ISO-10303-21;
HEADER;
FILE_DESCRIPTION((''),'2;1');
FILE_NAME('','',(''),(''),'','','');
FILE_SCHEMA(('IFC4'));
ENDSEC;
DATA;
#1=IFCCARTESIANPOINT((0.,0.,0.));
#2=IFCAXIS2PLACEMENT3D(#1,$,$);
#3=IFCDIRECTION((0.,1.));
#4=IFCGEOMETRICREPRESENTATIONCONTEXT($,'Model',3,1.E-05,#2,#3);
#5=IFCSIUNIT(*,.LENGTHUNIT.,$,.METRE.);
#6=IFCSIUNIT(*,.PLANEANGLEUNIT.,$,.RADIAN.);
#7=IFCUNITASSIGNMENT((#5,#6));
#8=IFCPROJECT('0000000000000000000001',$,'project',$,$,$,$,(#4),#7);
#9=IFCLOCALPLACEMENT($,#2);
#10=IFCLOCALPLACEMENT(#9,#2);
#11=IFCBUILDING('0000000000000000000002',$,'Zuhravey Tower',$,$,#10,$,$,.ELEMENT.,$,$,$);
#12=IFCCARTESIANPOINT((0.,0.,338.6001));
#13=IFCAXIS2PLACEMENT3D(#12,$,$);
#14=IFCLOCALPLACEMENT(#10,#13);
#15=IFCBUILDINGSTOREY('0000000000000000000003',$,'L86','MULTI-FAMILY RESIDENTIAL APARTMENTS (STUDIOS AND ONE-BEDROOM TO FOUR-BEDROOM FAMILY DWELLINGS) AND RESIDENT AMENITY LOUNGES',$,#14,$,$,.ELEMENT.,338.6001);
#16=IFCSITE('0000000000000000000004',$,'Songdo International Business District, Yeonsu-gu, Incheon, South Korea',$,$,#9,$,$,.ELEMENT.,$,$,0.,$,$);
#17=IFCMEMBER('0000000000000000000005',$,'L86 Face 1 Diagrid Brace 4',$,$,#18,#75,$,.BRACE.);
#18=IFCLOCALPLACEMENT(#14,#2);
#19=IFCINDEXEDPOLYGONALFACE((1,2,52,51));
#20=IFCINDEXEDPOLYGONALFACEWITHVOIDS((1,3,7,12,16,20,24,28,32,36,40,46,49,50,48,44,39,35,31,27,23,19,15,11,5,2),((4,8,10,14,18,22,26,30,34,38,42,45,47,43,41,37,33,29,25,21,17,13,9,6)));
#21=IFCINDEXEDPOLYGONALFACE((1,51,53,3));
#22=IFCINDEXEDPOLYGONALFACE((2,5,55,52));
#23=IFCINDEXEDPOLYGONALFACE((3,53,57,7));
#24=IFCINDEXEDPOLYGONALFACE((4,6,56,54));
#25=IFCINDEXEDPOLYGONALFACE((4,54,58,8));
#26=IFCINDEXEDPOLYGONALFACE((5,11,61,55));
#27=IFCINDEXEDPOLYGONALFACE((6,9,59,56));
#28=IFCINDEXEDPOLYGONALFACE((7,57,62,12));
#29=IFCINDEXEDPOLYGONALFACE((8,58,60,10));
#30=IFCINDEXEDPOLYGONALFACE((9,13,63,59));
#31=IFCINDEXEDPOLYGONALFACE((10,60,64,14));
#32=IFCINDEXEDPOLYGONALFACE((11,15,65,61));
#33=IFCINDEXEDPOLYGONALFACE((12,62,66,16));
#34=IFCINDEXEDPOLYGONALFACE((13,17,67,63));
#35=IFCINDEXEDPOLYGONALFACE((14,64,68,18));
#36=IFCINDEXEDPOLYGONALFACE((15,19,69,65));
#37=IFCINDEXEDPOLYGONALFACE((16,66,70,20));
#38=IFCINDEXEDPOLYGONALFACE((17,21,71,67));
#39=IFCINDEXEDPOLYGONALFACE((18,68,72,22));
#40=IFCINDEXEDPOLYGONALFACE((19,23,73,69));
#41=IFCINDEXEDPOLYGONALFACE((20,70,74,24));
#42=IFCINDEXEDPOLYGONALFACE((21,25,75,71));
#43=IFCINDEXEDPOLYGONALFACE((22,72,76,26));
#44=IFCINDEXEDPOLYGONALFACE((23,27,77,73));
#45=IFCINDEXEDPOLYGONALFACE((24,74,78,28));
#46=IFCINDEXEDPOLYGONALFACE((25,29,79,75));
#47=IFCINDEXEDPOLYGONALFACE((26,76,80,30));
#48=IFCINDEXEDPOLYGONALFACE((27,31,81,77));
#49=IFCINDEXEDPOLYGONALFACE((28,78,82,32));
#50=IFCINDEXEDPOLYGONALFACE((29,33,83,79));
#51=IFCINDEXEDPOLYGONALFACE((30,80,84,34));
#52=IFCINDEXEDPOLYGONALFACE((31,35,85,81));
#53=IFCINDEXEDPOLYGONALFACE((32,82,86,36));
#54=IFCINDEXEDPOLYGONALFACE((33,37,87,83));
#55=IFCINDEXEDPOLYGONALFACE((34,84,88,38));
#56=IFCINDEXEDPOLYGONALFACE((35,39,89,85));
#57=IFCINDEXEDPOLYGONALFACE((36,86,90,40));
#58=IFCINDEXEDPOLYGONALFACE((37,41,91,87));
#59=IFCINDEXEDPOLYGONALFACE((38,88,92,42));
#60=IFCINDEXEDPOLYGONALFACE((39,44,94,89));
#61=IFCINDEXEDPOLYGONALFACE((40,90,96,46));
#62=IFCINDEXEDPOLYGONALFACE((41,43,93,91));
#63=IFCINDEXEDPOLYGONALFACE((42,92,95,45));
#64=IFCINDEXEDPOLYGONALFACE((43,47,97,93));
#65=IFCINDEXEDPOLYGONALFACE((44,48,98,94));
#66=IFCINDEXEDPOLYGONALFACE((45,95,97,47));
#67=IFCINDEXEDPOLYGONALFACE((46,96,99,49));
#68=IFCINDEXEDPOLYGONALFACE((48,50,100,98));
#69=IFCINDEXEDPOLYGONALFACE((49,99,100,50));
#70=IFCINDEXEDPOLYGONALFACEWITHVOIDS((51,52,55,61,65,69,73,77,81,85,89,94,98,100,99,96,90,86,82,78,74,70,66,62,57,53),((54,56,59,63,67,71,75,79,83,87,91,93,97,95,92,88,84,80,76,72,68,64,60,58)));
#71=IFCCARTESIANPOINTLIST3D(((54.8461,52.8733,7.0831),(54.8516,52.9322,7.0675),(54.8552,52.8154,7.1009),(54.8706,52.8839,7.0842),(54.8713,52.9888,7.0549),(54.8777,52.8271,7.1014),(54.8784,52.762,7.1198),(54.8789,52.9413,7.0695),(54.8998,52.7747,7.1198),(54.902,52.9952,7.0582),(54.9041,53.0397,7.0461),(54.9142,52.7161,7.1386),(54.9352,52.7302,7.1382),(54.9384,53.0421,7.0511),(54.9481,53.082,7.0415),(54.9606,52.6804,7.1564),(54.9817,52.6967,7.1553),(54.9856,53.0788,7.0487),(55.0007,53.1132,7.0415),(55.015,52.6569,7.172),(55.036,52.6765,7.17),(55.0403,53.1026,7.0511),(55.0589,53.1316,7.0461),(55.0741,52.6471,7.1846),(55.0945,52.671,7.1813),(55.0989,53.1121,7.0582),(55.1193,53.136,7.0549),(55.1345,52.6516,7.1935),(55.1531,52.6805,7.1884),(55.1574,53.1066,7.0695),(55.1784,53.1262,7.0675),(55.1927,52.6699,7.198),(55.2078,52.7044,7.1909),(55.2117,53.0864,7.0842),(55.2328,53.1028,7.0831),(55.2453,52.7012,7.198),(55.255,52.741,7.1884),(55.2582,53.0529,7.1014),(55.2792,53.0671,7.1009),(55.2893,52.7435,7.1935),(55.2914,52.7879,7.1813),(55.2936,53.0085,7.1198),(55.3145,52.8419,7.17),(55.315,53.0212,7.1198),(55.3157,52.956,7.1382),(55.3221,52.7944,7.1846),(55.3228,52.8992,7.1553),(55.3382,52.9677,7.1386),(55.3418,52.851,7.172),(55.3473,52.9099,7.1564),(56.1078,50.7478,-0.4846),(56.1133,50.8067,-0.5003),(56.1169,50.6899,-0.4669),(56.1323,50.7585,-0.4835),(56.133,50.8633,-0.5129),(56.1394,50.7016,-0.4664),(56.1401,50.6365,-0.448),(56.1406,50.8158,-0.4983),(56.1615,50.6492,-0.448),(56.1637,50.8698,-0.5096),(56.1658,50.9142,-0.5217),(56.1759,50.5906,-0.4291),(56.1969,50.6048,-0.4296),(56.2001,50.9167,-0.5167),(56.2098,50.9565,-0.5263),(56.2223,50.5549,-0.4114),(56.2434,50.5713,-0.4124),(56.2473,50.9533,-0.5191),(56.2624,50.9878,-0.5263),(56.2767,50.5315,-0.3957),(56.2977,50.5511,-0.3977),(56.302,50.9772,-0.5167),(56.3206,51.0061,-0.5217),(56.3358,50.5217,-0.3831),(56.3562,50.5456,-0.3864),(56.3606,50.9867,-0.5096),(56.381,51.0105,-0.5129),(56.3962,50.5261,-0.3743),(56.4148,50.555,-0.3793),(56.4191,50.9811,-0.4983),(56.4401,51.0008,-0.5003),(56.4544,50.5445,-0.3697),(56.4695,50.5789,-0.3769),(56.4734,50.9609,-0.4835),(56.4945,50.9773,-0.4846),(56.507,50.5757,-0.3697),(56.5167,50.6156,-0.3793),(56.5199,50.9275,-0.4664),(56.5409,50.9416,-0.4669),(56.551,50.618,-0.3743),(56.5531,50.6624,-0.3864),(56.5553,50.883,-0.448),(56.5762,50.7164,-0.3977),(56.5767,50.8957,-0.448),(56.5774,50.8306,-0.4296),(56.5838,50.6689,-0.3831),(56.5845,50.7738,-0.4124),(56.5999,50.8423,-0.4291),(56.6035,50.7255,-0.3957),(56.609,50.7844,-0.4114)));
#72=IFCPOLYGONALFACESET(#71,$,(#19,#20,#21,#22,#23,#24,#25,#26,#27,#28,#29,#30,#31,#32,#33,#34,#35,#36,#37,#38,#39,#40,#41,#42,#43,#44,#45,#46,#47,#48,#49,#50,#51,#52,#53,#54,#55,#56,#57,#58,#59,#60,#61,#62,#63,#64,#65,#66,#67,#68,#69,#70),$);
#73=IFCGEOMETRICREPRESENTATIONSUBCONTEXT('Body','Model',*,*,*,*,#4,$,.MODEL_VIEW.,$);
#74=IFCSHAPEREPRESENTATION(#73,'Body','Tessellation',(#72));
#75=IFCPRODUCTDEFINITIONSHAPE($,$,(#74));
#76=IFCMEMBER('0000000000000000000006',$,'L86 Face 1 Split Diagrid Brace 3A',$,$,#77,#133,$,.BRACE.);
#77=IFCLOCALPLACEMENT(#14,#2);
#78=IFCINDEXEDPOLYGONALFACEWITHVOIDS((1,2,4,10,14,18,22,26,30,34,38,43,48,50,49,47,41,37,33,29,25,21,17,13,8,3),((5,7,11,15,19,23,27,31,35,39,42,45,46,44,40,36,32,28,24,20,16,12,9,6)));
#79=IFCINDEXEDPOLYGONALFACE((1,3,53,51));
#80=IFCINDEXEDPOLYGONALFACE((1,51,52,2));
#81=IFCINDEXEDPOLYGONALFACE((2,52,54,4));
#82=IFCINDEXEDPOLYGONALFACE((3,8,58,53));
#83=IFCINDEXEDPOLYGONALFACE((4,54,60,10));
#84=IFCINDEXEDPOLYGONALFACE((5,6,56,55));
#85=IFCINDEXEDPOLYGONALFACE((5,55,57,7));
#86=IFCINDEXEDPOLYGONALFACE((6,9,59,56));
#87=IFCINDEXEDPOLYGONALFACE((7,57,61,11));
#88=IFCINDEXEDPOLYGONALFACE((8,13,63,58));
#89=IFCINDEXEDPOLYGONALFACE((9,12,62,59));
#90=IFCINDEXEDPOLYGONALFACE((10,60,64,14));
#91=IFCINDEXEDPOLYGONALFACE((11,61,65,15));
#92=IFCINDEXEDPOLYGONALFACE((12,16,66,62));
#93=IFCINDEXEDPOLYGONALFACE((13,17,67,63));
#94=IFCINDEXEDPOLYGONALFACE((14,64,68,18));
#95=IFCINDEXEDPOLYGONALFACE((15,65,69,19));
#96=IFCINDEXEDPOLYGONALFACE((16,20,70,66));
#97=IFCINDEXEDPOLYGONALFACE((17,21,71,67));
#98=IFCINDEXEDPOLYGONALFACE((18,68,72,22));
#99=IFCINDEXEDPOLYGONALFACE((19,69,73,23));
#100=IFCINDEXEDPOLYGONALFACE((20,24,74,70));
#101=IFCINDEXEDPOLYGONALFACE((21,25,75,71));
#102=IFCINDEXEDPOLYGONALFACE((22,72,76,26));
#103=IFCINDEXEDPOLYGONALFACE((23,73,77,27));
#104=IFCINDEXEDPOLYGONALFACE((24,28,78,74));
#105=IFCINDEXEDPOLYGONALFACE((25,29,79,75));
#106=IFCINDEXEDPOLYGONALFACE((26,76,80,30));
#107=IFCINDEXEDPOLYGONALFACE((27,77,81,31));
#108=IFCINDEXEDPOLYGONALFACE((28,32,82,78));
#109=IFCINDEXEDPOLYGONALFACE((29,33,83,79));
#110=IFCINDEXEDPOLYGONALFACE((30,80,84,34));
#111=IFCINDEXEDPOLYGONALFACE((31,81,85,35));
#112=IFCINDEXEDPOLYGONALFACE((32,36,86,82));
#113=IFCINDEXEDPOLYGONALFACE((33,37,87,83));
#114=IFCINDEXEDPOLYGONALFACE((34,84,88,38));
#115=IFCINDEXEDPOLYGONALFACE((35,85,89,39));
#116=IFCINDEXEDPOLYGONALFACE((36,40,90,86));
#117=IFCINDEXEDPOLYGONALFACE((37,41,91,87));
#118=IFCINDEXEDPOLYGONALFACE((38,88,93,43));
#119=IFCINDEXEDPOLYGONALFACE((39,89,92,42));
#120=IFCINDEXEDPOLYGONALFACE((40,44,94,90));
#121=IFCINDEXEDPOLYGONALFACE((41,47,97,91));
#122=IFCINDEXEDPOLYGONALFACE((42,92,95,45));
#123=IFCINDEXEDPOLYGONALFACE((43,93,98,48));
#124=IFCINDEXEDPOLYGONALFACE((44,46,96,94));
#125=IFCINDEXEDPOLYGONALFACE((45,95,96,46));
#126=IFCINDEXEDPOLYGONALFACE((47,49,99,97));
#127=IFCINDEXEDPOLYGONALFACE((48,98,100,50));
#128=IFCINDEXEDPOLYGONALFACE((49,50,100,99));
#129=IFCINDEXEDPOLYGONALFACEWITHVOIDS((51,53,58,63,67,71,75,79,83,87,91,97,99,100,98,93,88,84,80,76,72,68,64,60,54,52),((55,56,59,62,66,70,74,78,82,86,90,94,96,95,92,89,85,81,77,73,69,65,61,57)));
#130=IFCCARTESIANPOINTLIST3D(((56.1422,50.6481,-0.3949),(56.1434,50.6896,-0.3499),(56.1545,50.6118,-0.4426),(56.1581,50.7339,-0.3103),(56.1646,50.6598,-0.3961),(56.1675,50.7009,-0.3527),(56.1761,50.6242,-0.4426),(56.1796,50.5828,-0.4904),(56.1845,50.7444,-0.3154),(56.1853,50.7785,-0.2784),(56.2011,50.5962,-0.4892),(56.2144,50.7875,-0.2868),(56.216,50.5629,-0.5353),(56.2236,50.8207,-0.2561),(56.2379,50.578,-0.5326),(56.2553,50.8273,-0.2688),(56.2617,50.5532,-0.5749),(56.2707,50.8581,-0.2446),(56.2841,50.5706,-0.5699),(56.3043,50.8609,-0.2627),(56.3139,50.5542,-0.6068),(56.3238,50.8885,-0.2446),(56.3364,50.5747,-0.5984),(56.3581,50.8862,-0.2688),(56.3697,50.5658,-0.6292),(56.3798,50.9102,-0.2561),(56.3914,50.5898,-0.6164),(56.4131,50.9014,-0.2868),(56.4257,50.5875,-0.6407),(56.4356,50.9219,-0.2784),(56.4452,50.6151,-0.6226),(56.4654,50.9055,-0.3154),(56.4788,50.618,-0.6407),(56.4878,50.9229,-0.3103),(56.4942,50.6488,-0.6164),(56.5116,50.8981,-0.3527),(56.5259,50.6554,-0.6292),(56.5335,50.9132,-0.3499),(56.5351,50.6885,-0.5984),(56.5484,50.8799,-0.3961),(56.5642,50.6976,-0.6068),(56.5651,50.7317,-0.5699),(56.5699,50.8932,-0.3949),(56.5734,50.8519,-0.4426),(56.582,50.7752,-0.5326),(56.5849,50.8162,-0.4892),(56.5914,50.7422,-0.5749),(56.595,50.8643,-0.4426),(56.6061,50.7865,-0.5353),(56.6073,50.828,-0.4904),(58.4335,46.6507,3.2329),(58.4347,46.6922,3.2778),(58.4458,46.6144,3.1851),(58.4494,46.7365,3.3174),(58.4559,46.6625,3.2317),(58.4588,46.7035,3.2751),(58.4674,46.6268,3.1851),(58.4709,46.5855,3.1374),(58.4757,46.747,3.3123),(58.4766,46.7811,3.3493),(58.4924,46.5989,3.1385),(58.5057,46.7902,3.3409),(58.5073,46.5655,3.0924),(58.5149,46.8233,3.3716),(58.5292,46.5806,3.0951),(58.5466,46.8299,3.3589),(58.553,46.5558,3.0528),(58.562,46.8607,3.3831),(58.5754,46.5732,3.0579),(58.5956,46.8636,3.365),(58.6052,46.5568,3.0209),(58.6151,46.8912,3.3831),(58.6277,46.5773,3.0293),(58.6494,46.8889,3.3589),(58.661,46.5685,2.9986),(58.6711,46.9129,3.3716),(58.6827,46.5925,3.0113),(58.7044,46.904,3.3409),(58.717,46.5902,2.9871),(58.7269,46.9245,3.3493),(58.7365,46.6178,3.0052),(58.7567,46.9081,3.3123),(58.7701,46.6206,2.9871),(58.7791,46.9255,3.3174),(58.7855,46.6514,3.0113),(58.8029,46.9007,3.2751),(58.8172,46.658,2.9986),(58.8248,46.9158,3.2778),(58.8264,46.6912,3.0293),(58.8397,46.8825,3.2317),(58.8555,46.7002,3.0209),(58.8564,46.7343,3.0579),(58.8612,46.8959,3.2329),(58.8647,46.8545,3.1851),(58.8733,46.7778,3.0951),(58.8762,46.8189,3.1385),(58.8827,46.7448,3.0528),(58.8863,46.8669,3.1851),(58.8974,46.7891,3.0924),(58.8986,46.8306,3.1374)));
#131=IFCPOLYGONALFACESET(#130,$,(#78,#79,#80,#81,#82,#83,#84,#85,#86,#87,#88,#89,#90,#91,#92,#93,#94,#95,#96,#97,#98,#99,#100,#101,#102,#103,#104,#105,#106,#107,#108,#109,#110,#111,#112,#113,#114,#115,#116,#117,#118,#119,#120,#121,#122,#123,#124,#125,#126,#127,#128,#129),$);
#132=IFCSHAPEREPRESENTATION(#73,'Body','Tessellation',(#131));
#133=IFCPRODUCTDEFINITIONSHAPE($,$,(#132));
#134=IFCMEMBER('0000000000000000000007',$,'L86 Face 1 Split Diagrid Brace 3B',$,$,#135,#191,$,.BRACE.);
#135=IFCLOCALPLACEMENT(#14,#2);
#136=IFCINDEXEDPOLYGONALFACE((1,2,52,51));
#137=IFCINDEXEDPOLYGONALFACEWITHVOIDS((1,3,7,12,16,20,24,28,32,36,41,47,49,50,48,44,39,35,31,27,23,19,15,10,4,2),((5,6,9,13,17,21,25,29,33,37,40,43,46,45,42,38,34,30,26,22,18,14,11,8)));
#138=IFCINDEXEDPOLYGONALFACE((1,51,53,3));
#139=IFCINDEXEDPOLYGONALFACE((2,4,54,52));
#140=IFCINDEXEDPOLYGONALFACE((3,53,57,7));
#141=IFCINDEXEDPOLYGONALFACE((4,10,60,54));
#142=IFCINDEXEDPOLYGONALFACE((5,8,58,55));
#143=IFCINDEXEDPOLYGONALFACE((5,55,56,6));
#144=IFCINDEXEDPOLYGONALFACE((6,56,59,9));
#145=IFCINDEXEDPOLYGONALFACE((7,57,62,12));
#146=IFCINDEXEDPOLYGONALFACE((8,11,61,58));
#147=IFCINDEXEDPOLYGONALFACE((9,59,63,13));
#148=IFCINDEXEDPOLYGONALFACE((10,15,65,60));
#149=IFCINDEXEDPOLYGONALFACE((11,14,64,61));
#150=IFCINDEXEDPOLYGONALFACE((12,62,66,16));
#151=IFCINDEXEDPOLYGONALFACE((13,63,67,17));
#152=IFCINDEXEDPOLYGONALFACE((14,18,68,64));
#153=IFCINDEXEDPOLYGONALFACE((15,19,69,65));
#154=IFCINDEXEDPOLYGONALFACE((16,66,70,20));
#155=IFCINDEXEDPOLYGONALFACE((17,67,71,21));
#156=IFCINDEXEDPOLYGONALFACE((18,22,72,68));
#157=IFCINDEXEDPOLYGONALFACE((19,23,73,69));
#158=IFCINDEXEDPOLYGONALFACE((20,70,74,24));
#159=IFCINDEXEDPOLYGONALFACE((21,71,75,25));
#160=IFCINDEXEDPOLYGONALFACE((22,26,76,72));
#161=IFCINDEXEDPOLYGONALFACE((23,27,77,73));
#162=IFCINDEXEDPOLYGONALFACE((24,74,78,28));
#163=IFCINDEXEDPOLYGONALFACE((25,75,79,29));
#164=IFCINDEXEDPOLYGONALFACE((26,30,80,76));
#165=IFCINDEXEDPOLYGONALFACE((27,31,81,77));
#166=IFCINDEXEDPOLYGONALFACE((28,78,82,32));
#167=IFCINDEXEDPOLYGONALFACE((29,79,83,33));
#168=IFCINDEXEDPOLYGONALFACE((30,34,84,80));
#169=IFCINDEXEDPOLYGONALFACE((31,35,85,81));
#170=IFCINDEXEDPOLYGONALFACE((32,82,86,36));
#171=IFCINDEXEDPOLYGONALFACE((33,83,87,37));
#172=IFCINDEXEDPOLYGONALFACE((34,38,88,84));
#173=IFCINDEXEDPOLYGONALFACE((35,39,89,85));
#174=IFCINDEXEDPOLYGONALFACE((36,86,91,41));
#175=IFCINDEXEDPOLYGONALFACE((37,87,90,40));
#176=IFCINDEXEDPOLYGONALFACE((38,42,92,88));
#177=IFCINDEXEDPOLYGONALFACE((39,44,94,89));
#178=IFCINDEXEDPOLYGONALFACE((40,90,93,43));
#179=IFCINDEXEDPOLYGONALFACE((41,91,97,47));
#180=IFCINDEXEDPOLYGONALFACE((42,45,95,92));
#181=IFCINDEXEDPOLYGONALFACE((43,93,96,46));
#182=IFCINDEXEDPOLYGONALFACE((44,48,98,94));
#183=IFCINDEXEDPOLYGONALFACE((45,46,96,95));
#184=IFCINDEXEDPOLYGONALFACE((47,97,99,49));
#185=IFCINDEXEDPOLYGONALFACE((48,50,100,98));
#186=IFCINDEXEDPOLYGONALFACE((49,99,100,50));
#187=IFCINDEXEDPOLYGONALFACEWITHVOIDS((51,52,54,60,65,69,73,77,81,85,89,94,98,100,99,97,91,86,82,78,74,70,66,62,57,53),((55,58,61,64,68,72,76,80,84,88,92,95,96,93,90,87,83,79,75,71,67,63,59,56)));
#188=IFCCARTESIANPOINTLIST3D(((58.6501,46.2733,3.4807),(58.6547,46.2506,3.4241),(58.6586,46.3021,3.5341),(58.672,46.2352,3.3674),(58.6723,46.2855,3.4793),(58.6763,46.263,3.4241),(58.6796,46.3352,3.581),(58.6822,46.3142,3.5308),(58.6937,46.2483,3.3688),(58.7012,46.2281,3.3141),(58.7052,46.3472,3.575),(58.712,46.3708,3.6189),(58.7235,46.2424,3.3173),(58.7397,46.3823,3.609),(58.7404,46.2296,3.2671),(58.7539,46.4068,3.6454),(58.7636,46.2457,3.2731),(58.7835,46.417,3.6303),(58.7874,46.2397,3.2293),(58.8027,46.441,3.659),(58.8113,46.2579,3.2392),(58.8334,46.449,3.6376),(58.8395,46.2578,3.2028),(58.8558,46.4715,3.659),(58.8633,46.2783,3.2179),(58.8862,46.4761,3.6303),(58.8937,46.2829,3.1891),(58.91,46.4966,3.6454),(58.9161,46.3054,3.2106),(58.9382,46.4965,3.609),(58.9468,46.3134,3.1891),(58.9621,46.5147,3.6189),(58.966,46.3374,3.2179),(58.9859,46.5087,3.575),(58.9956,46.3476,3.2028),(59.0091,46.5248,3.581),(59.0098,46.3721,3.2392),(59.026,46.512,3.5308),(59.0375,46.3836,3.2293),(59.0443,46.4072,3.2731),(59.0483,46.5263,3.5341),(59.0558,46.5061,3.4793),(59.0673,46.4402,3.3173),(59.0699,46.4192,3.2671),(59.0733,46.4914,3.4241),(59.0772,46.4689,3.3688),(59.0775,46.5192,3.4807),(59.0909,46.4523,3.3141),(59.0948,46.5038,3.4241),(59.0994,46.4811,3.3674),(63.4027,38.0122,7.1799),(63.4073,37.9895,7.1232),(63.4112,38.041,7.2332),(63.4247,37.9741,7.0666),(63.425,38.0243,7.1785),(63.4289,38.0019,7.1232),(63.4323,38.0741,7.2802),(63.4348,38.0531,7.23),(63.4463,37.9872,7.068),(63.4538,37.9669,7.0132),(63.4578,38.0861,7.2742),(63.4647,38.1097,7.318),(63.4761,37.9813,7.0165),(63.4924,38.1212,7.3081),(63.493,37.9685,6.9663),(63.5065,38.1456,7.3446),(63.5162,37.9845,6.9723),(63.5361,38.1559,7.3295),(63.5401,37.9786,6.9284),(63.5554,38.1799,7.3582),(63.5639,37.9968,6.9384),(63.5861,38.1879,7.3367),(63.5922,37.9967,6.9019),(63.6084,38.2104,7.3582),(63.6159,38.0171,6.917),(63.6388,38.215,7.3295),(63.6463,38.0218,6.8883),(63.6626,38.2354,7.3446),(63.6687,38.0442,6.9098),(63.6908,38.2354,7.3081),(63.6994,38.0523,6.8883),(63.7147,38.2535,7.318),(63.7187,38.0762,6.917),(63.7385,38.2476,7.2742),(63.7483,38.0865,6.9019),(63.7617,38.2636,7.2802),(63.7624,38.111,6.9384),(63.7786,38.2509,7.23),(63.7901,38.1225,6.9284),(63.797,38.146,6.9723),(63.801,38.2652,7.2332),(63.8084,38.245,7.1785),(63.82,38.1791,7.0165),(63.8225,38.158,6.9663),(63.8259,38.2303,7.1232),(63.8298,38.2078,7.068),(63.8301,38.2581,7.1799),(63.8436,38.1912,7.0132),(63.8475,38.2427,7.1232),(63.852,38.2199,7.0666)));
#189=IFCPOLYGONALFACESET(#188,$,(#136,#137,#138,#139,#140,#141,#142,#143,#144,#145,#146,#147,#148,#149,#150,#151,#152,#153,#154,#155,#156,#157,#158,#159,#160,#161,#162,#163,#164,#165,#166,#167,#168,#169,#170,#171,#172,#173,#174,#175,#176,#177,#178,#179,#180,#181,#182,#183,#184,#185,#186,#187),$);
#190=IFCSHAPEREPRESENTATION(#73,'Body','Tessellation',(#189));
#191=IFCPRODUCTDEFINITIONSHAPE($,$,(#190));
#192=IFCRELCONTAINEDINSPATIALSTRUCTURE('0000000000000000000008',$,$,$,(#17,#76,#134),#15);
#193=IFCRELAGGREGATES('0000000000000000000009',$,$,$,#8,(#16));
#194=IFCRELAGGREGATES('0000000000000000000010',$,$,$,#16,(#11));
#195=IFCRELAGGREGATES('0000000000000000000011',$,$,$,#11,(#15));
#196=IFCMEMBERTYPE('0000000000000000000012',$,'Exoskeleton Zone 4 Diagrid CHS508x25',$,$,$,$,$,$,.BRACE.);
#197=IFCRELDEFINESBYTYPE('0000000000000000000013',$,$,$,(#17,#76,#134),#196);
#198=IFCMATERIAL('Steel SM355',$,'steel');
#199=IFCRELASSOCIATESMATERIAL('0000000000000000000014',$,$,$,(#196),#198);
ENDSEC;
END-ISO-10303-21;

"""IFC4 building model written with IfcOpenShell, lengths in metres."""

from ifc_helpers import new_model, si_unit, direction, frame, origin, origin_2d, place, context, subcontext, project, spatial, hollow_circle, extrude, material, material_profile, profile_set, type_object, element, save


model = new_model("IFC4")

# Units and contexts
model_context = context("Model", 3, precision=1e-05, world=origin(), true_north=direction((0.0, 1.0)))
body_context = subcontext(model_context, "Body", "Model", "MODEL_VIEW")
ifc_project = project(units=[si_unit("LENGTHUNIT", "METRE"), si_unit("PLANEANGLEUNIT", "RADIAN")], contexts=[model_context])

# Site, building, storey
site_placement = place(None, origin())
site = spatial("IfcSite", under=ifc_project, at=site_placement, Name="Songdo International Business District, Yeonsu-gu, Incheon, South Korea", CompositionType="ELEMENT", RefElevation=0.0)
building_placement = place(site_placement, origin())
building = spatial("IfcBuilding", under=site, at=building_placement, Name="Zuhravey Tower", CompositionType="ELEMENT")
storey_placement = place(building_placement, frame((0.0, 0.0, 338.6001)))
storey = spatial("IfcBuildingStorey", under=building, at=storey_placement, Name="L86", Description="MULTI-FAMILY RESIDENTIAL APARTMENTS (STUDIOS AND ONE-BEDROOM TO FOUR-BEDROOM FAMILY DWELLINGS) AND RESIDENT AMENITY LOUNGES", CompositionType="ELEMENT", Elevation=338.6001)

# Members
ifc_material_1 = material(Name="Steel SM355", Category="steel")
ifc_material_profile_1 = material_profile(ifc_material_1, hollow_circle(Radius=0.2539, WallThickness=0.0249, at=origin_2d()), Name="CHS-508.0x25")
ifc_profile_set_1 = profile_set([ifc_material_profile_1], Name="Steel SM355")
member_type_1 = type_object("IfcMemberType", Name="Exoskeleton Zone 4 Diagrid CHS508x25", PredefinedType="BRACE", material=ifc_profile_set_1)
member_1_placement = place(storey_placement, frame((56.3584, 50.7661, -0.448), z_axis=(-0.158481, 0.266978, 0.950582), x_axis=(-0.859906, -0.510452, 0.0)))
element("IfcMember", 1, at=member_1_placement, inside=storey, type_object=member_type_1, Name="L86 Face 1 Diagrid Brace 4", PredefinedType="BRACE", context=body_context, shape_type="SweptSolid", body=[
    extrude(hollow_circle(Radius=0.2539, WallThickness=0.0249, at=origin_2d()), origin(), (0.0, 0.0, 1.0), 7.9612),
])
member_2_placement = place(storey_placement, frame((56.3748, 50.738, -0.4426), z_axis=(0.390722, -0.68165, 0.618619), x_axis=(0.86758, 0.497297, 0.0)))
element("IfcMember", 2, at=member_2_placement, inside=storey, type_object=member_type_1, Name="L86 Face 1 Split Diagrid Brace 3A", PredefinedType="BRACE", context=body_context, shape_type="SweptSolid", body=[
    extrude(hollow_circle(Radius=0.2539, WallThickness=0.0249, at=origin_2d()), origin(), (0.0, 0.0, 1.0), 5.8643),
])
member_3_placement = place(storey_placement, frame((58.8748, 46.3772, 3.4241), z_axis=(0.464878, -0.808062, 0.361834), x_axis=(0.866794, 0.498667, 0.0)))
element("IfcMember", 3, at=member_3_placement, inside=storey, type_object=member_type_1, Name="L86 Face 1 Split Diagrid Brace 3B", PredefinedType="BRACE", context=body_context, shape_type="SweptSolid", body=[
    extrude(hollow_circle(Radius=0.2539, WallThickness=0.0249, at=origin_2d()), origin(), (0.0, 0.0, 1.0), 10.2234),
])

save(model, "model.ifc")
